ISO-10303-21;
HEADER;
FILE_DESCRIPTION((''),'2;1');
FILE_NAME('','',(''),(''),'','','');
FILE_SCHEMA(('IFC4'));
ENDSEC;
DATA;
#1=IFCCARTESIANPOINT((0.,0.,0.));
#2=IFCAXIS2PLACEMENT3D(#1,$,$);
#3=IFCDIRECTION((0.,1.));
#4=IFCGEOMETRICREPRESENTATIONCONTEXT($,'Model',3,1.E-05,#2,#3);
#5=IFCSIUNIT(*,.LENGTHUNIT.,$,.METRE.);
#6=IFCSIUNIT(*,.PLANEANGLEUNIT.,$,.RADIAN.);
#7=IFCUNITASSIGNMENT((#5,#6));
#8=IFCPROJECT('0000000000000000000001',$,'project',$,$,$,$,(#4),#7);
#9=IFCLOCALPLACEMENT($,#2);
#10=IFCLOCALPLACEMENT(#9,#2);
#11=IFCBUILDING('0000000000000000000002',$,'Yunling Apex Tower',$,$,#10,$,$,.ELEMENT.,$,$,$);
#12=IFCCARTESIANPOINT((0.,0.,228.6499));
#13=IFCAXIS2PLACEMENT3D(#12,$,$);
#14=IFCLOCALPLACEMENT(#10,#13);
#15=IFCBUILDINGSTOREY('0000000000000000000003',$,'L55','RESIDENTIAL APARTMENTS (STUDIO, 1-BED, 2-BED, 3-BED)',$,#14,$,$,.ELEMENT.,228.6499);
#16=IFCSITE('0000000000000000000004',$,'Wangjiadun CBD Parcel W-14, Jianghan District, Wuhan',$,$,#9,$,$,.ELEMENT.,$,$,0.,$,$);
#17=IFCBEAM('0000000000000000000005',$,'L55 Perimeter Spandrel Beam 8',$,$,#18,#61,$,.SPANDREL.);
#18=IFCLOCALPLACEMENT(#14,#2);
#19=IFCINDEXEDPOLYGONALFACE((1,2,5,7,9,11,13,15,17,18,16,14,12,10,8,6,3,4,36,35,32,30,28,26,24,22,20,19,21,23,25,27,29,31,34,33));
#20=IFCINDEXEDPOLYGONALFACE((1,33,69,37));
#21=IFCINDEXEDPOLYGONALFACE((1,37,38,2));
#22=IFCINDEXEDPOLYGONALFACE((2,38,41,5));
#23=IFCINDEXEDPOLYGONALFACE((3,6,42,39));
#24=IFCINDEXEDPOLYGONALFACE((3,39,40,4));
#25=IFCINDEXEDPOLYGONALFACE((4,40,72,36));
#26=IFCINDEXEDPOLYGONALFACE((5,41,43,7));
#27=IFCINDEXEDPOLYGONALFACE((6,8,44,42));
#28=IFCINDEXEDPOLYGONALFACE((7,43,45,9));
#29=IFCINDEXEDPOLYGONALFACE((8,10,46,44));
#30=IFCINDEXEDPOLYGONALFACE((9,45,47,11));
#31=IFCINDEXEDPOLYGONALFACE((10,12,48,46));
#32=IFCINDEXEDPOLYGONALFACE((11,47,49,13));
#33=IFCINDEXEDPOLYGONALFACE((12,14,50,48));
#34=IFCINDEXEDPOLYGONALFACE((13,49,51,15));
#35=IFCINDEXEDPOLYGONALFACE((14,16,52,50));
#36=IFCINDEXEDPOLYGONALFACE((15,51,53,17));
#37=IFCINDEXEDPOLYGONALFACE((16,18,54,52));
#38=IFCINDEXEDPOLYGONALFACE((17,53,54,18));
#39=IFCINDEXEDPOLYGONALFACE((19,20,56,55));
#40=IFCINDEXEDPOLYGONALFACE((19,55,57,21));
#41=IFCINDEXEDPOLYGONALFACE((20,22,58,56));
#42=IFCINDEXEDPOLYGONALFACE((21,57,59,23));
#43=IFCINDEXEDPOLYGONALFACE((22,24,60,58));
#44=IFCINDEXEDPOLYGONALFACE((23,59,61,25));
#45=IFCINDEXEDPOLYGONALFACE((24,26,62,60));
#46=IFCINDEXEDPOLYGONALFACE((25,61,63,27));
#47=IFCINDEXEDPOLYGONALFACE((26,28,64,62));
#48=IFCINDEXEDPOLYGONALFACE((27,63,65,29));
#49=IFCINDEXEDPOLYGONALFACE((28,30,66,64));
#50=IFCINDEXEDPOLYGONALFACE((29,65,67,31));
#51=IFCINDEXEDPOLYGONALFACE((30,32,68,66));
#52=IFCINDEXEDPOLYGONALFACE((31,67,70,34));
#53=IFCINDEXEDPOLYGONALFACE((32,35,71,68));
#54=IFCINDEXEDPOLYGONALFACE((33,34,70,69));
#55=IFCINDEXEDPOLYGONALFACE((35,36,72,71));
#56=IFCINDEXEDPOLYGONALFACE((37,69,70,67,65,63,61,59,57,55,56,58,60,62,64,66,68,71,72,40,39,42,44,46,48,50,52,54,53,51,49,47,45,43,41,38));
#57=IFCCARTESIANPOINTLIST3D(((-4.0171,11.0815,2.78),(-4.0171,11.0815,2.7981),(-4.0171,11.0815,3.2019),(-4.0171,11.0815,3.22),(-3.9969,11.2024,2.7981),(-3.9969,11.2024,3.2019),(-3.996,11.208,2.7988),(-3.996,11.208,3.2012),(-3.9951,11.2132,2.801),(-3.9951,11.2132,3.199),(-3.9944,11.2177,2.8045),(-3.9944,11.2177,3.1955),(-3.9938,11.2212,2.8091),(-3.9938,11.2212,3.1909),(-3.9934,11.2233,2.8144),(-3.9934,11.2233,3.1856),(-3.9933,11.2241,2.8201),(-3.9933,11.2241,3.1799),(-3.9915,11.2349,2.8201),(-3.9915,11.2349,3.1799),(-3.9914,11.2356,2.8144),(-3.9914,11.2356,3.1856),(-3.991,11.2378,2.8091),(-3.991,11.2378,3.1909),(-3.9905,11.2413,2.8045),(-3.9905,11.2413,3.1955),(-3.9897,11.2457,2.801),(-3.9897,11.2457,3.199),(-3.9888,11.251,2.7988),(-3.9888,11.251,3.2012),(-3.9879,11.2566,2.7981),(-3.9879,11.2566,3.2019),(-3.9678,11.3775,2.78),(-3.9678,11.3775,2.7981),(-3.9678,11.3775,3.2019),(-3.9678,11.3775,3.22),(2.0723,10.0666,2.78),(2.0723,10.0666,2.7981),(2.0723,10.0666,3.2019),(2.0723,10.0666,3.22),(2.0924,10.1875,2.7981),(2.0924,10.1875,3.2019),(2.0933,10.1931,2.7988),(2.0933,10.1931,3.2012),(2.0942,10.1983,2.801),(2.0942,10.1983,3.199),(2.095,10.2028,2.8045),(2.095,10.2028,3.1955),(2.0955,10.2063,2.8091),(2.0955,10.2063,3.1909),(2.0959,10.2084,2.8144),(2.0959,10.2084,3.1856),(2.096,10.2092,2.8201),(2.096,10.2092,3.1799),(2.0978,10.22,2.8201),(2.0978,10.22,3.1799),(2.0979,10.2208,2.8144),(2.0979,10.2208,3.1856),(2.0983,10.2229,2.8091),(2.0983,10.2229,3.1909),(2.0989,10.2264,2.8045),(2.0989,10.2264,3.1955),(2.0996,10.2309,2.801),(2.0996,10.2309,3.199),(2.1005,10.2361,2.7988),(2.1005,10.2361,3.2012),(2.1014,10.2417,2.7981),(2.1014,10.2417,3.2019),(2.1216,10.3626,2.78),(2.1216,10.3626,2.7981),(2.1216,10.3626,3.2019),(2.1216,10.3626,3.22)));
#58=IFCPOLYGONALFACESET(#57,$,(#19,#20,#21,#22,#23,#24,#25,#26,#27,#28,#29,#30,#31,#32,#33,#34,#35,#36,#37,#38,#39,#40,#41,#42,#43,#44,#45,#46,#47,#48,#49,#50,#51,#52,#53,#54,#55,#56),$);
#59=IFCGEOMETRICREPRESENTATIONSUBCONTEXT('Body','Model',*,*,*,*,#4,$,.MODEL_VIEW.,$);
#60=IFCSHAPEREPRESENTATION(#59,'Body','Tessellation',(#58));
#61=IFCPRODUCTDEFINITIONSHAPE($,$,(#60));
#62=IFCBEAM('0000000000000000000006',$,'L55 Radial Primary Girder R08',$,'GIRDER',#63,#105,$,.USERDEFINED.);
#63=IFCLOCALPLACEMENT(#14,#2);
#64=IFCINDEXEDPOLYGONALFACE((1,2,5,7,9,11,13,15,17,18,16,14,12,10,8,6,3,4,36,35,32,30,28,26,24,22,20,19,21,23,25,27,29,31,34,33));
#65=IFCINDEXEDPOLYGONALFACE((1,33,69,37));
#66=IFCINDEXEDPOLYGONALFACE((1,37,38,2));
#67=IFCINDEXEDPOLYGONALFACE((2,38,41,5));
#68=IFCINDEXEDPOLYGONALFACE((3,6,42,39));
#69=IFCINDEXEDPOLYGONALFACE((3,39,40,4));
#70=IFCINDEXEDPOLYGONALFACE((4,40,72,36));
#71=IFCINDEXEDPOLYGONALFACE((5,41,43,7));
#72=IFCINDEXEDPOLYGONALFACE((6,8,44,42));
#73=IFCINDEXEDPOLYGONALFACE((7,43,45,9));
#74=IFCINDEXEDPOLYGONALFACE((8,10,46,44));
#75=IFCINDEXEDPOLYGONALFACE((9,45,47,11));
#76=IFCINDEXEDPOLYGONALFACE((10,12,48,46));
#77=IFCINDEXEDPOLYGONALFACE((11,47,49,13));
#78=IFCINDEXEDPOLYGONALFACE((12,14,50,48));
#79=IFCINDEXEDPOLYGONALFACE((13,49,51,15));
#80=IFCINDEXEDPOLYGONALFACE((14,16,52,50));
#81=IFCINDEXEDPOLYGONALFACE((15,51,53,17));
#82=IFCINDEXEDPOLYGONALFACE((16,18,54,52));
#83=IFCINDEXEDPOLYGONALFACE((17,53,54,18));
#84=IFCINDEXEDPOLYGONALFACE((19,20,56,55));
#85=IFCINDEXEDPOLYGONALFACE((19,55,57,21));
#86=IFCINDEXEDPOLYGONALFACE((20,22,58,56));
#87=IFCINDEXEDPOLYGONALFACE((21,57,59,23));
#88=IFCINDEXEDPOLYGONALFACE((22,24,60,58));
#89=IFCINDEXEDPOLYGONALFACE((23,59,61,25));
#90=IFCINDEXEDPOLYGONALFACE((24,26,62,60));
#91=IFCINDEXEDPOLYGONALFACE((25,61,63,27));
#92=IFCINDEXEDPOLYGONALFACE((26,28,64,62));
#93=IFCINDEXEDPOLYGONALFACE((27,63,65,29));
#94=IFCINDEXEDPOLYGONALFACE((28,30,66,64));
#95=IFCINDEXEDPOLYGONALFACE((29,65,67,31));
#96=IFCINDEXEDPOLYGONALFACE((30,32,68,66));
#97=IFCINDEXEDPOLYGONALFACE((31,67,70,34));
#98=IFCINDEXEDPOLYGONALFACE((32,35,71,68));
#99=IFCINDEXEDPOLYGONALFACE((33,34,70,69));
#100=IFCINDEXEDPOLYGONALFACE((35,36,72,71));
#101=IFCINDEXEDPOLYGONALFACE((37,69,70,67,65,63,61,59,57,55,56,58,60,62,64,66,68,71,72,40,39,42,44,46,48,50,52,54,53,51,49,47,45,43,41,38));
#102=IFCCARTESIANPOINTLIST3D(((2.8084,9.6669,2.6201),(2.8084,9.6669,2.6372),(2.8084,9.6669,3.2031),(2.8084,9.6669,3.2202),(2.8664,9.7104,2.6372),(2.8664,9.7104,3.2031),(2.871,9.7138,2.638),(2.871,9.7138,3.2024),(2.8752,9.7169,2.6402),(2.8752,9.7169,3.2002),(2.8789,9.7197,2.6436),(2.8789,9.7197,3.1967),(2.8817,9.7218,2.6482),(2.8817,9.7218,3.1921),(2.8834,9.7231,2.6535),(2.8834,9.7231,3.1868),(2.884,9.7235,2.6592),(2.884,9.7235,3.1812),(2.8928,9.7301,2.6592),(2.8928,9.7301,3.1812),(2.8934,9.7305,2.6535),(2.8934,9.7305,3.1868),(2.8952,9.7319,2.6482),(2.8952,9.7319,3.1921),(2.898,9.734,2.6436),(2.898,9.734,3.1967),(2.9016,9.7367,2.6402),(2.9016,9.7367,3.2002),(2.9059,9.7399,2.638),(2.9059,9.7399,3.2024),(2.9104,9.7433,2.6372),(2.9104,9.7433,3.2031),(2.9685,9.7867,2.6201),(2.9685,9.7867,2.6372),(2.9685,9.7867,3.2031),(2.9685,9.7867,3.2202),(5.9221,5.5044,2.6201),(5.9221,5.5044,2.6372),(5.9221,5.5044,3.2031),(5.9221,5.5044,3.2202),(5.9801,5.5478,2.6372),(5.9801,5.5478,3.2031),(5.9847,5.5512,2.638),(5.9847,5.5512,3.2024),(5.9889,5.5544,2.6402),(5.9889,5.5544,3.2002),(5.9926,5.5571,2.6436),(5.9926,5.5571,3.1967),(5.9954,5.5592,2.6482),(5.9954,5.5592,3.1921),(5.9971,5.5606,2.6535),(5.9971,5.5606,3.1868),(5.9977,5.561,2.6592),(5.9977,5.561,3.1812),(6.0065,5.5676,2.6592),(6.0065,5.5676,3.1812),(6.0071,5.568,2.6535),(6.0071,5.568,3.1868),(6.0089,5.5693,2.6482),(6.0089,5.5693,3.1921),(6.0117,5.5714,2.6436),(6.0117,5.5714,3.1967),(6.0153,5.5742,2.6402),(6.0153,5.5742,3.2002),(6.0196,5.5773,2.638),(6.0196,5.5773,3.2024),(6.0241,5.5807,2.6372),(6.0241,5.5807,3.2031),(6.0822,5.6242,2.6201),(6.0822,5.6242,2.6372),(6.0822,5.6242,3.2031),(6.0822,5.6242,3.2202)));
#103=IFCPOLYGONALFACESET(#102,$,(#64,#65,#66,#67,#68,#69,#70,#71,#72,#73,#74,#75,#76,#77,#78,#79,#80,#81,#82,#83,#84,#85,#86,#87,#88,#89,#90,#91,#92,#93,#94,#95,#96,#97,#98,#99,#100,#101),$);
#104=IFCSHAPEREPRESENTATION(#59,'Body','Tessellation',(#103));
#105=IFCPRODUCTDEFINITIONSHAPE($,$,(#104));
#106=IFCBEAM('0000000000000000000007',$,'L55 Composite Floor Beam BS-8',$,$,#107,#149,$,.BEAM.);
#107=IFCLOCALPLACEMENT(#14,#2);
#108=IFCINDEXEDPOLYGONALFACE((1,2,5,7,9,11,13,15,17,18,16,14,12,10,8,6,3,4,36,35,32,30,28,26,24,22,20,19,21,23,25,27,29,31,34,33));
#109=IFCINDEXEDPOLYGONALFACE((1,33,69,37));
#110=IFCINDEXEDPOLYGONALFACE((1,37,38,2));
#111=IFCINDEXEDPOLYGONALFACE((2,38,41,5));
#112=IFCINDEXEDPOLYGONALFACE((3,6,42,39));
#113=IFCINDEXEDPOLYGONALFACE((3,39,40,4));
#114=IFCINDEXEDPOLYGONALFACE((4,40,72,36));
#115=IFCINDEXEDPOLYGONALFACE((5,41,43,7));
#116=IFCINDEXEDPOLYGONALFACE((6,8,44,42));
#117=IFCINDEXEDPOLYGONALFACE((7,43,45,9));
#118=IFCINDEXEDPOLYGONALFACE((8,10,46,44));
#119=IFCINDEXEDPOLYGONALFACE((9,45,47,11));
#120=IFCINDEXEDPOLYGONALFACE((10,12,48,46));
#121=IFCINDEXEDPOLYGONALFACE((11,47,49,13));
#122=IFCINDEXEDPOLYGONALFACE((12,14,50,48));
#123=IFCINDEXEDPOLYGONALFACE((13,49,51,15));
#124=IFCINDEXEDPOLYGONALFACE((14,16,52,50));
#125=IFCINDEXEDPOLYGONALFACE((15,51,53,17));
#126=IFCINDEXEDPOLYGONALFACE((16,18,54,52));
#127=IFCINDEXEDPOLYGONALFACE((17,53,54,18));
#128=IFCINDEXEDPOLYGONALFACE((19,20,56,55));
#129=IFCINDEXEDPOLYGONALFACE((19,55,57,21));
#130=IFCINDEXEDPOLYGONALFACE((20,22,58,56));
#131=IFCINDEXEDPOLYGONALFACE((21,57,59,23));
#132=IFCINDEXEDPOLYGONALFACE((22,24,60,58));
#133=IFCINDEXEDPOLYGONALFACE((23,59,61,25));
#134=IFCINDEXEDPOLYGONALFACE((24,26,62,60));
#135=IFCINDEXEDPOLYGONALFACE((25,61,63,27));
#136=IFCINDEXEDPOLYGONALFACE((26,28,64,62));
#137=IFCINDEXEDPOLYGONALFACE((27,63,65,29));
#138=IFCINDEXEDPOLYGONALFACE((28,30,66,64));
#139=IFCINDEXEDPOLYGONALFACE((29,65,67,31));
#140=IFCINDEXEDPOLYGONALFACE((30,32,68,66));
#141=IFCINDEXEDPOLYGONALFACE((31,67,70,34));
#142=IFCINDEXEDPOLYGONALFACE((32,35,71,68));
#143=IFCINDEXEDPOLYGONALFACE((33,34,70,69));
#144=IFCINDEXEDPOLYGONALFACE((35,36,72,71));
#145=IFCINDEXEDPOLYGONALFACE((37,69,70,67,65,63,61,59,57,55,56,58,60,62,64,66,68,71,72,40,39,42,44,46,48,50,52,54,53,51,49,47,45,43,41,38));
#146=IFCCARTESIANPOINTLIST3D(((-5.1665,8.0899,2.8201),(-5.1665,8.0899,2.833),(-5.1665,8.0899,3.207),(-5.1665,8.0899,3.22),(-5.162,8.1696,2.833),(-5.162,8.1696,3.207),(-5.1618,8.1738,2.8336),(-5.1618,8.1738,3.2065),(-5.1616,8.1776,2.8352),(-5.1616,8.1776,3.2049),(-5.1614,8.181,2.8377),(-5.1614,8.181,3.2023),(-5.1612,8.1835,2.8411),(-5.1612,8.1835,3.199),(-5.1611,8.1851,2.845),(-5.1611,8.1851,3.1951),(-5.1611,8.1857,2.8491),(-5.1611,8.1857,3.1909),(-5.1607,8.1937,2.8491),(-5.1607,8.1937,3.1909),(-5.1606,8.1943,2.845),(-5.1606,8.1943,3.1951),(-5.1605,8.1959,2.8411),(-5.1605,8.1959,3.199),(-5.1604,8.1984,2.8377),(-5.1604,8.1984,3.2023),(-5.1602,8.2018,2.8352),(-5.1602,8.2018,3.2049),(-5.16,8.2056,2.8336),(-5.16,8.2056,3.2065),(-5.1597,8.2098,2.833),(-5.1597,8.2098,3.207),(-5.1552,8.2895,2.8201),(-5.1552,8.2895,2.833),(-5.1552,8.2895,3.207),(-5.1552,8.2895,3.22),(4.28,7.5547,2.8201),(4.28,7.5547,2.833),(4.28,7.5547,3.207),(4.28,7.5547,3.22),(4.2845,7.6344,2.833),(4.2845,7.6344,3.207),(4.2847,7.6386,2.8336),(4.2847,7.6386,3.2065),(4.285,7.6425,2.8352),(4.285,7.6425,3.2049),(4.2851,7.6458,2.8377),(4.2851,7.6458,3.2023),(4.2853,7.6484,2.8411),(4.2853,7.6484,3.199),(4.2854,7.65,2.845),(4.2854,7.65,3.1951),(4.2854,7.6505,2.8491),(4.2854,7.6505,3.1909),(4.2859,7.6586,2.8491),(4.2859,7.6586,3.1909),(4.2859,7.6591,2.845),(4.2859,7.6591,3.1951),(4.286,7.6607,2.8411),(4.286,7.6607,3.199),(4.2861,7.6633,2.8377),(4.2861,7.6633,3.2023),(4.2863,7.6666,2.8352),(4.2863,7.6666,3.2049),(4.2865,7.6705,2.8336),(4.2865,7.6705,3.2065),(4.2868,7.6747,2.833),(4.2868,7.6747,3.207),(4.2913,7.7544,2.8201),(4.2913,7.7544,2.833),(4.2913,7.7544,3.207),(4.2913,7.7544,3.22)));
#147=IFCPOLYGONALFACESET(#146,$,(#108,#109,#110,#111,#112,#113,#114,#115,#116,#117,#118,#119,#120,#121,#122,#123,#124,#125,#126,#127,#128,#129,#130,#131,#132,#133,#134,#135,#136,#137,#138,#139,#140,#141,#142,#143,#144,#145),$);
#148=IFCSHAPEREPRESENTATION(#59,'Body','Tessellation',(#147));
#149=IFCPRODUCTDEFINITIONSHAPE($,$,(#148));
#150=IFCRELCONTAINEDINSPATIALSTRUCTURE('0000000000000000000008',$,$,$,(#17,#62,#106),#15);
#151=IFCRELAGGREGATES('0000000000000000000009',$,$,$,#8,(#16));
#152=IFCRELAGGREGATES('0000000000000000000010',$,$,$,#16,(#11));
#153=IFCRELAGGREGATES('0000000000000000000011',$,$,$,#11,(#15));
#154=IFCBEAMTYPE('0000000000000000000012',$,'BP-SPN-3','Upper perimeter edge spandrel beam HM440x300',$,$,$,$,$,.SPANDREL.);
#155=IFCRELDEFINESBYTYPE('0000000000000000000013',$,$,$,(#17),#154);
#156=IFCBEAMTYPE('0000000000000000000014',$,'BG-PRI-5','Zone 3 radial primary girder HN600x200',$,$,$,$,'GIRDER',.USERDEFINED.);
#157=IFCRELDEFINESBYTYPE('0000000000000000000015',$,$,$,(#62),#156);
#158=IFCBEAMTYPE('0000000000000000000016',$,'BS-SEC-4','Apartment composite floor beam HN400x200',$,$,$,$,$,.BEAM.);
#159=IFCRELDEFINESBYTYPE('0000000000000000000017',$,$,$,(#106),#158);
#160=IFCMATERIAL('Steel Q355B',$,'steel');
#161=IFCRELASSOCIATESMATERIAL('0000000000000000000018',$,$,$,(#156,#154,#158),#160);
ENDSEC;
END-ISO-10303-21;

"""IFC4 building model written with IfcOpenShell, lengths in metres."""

from ifc_helpers import new_model, si_unit, direction, frame, origin, origin_2d, place, context, subcontext, project, spatial, i_section, extrude, source, transform, mapped, material, material_profile, profile_set, type_object, element, save


model = new_model("IFC4")

# Units and contexts
model_context = context("Model", 3, precision=1e-05, world=origin(), true_north=direction((0.0, 1.0)))
body_context = subcontext(model_context, "Body", "Model", "MODEL_VIEW")
ifc_project = project(units=[si_unit("LENGTHUNIT", "METRE"), si_unit("PLANEANGLEUNIT", "RADIAN")], contexts=[model_context])

# Site, building, storey
site_placement = place(None, origin())
site = spatial("IfcSite", under=ifc_project, at=site_placement, Name="Wangjiadun CBD Parcel W-14, Jianghan District, Wuhan", CompositionType="ELEMENT", RefElevation=0.0)
building_placement = place(site_placement, origin())
building = spatial("IfcBuilding", under=site, at=building_placement, Name="Yunling Apex Tower", CompositionType="ELEMENT")
storey_placement = place(building_placement, frame((0.0, 0.0, 228.6499)))
storey = spatial("IfcBuildingStorey", under=building, at=storey_placement, Name="L55", Description="RESIDENTIAL APARTMENTS (STUDIO, 1-BED, 2-BED, 3-BED)", CompositionType="ELEMENT", Elevation=228.6499)

# Beams
ifc_material_1 = material(Name="Steel Q355B", Category="steel")
ifc_material_profile_1 = material_profile(ifc_material_1, i_section(OverallWidth=0.2, OverallDepth=0.6001, WebThickness=0.011, FlangeThickness=0.0171, FilletRadius=0.022, at=origin_2d()))
ifc_profile_set_1 = profile_set([ifc_material_profile_1], Name="Steel Q355B")
beam_type_1 = type_object("IfcBeamType", Name="BG-PRI-5", Description="Zone 3 radial primary girder HN600x200", ElementType="GIRDER", PredefinedType="USERDEFINED", material=ifc_profile_set_1)
ifc_material_profile_2 = material_profile(ifc_material_1, i_section(OverallWidth=0.3, OverallDepth=0.4399, WebThickness=0.011, FlangeThickness=0.0181, FilletRadius=0.022, at=origin_2d()))
ifc_profile_set_2 = profile_set([ifc_material_profile_2], Name="Steel Q355B")
beam_type_2 = type_object("IfcBeamType", Name="BP-SPN-3", Description="Upper perimeter edge spandrel beam HM440x300", PredefinedType="SPANDREL", material=ifc_profile_set_2)
shared_shape_1 = source(origin(), body_context, "Body", "SweptSolid", [
    extrude(i_section(OverallWidth=0.3, OverallDepth=0.4399, WebThickness=0.011, FlangeThickness=0.0181, FilletRadius=0.022, at=origin_2d()), origin(), (0.0, 0.0, 1.0), 6.1733),
])
beam_1_placement = place(storey_placement, frame((2.0969, 10.2146, 3.0), z_axis=(-0.986394, 0.164399, 0.0), x_axis=(-0.164399, -0.986394, 0.0)))
element("IfcBeam", 1, at=beam_1_placement, inside=storey, type_object=beam_type_2, Name="L55 Perimeter Spandrel Beam 8", PredefinedType="SPANDREL", context=body_context, shape_type="MappedRepresentation", body=[
    mapped(shared_shape_1, transform((0.0, 0.0, 0.0), scale=1.0)),
])
shared_shape_2 = source(origin(), body_context, "Body", "SweptSolid", [
    extrude(i_section(OverallWidth=0.2, OverallDepth=0.6001, WebThickness=0.011, FlangeThickness=0.0171, FilletRadius=0.022, at=origin_2d()), origin(), (0.0, 0.0, 1.0), 5.1982),
])
beam_2_placement = place(storey_placement, frame((2.8884, 9.7268, 2.9202), z_axis=(0.598993, -0.800755, 0.0), x_axis=(0.800755, 0.598993, 0.0)))
element("IfcBeam", 2, at=beam_2_placement, inside=storey, type_object=beam_type_1, Name="L55 Radial Primary Girder R08", ObjectType="GIRDER", PredefinedType="USERDEFINED", context=body_context, shape_type="MappedRepresentation", body=[
    mapped(shared_shape_2, transform((0.0, 0.0, 0.0), scale=1.0)),
])
ifc_material_profile_3 = material_profile(ifc_material_1, i_section(OverallWidth=0.2, OverallDepth=0.3999, WebThickness=0.0081, FlangeThickness=0.0129, FilletRadius=0.0161, at=origin_2d()))
ifc_profile_set_3 = profile_set([ifc_material_profile_3], Name="Steel Q355B")
beam_type_3 = type_object("IfcBeamType", Name="BS-SEC-4", Description="Apartment composite floor beam HN400x200", PredefinedType="BEAM", material=ifc_profile_set_3)
shared_shape_3 = source(origin(), body_context, "Body", "SweptSolid", [
    extrude(i_section(OverallWidth=0.2, OverallDepth=0.3999, WebThickness=0.0081, FlangeThickness=0.0129, FilletRadius=0.0161, at=origin_2d()), origin(), (0.0, 0.0, 1.0), 9.4617),
])
beam_3_placement = place(storey_placement, frame((4.2856, 7.6545, 3.02), z_axis=(-0.998399, 0.05656, 0.0), x_axis=(-0.05656, -0.998399, 0.0)))
element("IfcBeam", 3, at=beam_3_placement, inside=storey, type_object=beam_type_3, Name="L55 Composite Floor Beam BS-8", PredefinedType="BEAM", context=body_context, shape_type="MappedRepresentation", body=[
    mapped(shared_shape_3, transform((0.0, 0.0, 0.0), scale=1.0)),
])

save(model, "model.ifc")
